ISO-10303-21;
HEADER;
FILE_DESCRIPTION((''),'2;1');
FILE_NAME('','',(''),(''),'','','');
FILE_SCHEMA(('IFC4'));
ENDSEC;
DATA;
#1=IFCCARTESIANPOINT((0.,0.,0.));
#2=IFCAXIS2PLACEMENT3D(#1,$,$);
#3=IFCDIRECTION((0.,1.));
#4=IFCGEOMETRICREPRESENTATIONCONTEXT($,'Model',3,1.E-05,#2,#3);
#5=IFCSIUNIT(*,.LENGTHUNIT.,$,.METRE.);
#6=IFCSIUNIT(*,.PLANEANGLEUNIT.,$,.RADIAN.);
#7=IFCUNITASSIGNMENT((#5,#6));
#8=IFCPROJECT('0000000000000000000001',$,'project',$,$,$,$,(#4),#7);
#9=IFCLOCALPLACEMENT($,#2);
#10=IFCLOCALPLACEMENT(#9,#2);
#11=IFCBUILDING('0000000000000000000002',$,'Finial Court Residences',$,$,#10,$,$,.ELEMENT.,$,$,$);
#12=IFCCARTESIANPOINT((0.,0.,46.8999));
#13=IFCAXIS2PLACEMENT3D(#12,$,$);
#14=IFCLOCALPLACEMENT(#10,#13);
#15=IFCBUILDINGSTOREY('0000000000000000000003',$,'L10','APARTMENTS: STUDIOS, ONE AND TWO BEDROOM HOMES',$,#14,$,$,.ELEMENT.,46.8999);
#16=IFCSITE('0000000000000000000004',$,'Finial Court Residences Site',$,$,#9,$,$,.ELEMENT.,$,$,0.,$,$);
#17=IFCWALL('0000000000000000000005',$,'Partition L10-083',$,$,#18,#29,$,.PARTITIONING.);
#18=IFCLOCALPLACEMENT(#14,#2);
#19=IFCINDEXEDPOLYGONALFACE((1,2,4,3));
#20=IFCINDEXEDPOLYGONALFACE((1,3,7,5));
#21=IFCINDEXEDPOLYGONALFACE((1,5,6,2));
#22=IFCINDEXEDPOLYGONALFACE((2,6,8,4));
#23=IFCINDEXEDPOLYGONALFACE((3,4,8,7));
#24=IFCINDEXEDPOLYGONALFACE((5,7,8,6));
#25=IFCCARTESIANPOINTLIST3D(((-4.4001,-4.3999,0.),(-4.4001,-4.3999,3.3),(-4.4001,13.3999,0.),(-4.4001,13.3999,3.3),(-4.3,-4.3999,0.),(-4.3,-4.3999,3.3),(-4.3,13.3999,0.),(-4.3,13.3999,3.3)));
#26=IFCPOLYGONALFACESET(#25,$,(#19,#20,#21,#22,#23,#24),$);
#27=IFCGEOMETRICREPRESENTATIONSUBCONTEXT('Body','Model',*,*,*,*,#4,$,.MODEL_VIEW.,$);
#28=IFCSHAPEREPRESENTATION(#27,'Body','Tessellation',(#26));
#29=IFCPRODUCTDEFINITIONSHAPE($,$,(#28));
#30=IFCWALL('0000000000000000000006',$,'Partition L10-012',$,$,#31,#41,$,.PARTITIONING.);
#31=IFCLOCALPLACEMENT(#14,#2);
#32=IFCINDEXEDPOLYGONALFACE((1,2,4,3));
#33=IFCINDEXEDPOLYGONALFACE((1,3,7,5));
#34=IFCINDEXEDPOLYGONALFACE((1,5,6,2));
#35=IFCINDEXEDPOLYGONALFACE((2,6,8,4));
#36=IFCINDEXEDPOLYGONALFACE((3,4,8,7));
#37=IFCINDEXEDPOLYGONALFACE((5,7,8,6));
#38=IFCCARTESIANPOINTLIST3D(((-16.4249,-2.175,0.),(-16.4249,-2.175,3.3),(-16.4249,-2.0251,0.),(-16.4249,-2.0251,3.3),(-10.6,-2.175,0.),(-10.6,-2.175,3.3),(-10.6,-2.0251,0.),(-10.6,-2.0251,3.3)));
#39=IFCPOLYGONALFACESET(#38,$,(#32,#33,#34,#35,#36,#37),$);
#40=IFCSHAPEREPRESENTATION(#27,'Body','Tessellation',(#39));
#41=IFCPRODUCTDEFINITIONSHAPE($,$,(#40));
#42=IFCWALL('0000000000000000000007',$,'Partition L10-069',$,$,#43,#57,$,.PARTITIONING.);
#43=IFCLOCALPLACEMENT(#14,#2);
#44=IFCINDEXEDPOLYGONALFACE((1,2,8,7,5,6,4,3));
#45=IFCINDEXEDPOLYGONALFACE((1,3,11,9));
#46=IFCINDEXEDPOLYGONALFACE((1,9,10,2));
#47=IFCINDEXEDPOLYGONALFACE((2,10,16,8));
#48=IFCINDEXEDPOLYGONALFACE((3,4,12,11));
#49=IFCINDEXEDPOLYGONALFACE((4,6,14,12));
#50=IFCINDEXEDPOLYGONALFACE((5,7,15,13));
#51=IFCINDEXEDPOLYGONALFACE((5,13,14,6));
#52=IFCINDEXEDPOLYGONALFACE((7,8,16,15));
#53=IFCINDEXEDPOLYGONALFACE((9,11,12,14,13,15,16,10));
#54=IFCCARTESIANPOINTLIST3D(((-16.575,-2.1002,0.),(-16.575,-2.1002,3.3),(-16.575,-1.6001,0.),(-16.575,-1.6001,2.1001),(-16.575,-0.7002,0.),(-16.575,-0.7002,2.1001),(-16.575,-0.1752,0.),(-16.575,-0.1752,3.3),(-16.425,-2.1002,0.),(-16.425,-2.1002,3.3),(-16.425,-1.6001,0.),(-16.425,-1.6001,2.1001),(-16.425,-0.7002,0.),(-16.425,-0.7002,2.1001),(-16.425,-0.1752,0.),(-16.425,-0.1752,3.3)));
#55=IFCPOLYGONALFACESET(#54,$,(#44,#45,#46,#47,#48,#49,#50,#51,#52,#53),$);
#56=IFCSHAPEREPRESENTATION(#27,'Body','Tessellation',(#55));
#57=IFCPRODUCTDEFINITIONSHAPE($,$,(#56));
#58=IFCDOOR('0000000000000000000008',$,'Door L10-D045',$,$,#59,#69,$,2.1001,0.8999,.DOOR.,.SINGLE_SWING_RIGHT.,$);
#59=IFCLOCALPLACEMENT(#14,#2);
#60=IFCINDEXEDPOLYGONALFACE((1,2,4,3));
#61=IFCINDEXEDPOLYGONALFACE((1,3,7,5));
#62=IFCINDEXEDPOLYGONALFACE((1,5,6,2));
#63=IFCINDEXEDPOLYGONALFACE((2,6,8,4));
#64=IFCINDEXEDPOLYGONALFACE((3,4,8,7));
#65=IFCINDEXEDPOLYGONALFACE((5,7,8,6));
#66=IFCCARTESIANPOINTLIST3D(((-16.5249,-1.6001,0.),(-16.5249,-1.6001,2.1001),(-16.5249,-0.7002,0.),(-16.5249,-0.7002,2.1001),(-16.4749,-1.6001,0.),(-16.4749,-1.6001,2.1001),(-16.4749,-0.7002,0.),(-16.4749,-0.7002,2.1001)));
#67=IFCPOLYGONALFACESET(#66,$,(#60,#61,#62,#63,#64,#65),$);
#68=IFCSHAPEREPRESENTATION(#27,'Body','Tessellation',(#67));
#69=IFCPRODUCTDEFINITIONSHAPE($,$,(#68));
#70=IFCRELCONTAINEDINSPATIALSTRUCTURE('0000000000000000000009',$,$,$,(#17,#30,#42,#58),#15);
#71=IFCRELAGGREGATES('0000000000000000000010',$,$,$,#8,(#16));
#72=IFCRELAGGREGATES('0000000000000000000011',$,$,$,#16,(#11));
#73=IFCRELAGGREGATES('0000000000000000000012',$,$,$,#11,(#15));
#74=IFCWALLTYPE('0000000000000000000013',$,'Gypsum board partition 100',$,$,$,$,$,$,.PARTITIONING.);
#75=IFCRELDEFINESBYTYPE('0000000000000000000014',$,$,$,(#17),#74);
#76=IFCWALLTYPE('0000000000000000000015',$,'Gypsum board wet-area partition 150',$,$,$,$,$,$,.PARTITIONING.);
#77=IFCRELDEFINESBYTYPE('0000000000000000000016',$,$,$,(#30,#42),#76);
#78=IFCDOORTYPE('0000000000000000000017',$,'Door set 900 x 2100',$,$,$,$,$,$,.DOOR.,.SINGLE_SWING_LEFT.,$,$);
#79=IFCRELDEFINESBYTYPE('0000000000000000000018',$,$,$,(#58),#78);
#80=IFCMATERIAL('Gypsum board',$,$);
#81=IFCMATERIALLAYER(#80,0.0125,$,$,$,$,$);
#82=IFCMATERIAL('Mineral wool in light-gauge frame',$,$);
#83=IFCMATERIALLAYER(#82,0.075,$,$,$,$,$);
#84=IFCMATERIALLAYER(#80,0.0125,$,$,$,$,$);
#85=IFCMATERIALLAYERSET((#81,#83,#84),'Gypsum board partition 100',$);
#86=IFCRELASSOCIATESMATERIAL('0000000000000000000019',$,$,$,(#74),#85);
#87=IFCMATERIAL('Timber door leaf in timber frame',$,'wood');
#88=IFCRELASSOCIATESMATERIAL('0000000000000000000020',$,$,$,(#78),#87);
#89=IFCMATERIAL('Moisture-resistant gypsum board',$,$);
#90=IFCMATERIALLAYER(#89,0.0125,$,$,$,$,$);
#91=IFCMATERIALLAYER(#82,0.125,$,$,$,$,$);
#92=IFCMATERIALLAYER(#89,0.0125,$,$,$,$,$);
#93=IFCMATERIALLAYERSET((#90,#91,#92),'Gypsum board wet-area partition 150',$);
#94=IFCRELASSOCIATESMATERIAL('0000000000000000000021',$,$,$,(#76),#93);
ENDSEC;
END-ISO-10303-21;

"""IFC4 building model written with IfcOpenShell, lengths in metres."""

from ifc_helpers import new_model, si_unit, direction, frame, frame_2d, origin, place, context, subcontext, project, spatial, rectangle, extrude, material, layer, layer_set, type_object, element, fill, save


model = new_model("IFC4")

# Units and contexts
model_context = context("Model", 3, precision=1e-05, world=origin(), true_north=direction((0.0, 1.0)))
body_context = subcontext(model_context, "Body", "Model", "MODEL_VIEW")
ifc_project = project(units=[si_unit("LENGTHUNIT", "METRE"), si_unit("PLANEANGLEUNIT", "RADIAN")], contexts=[model_context])

# Site, building, storey
site_placement = place(None, origin())
site = spatial("IfcSite", under=ifc_project, at=site_placement, Name="Finial Court Residences Site", CompositionType="ELEMENT", RefElevation=0.0)
building_placement = place(site_placement, origin())
building = spatial("IfcBuilding", under=site, at=building_placement, Name="Finial Court Residences", CompositionType="ELEMENT")
storey_placement = place(building_placement, frame((0.0, 0.0, 46.8999)))
storey = spatial("IfcBuildingStorey", under=building, at=storey_placement, Name="L10", Description="APARTMENTS: STUDIOS, ONE AND TWO BEDROOM HOMES", CompositionType="ELEMENT", Elevation=46.8999)

# Shared definitions
ifc_material_1 = material(Name="Gypsum board")

# Shared definitions
ifc_layer_1 = layer(ifc_material_1, 0.0125)
ifc_material_2 = material(Name="Mineral wool in light-gauge frame")
ifc_layer_2 = layer(ifc_material_2, 0.075)
ifc_layer_3 = layer(ifc_material_1, 0.0125)
ifc_layer_set_1 = layer_set([ifc_layer_1, ifc_layer_2, ifc_layer_3], Name="Gypsum board partition 100")
wall_type_1 = type_object("IfcWallType", Name="Gypsum board partition 100", PredefinedType="PARTITIONING", material=ifc_layer_set_1)
ifc_material_3 = material(Name="Timber door leaf in timber frame", Category="wood")
door_type_1 = type_object("IfcDoorType", Name="Door set 900 x 2100", OperationType="SINGLE_SWING_LEFT", PredefinedType="DOOR", material=ifc_material_3)

# Walls
wall_1_placement = place(storey_placement, frame((-4.3501, -4.3999, 0.0), z_axis=(0.0, 0.0, 1.0), x_axis=(0.0, 1.0, 0.0)))
element("IfcWall", 1, at=wall_1_placement, inside=storey, type_object=wall_type_1, Name="Partition L10-083", PredefinedType="PARTITIONING", context=body_context, shape_type="SweptSolid", body=[
    extrude(rectangle(XDim=17.7998, YDim=0.1001, at=frame_2d((8.8999, 0.0))), origin(), (0.0, 0.0, 1.0), 3.3),
])
ifc_material_4 = material(Name="Moisture-resistant gypsum board")
ifc_layer_4 = layer(ifc_material_4, 0.0125)
ifc_layer_5 = layer(ifc_material_2, 0.125)
ifc_layer_6 = layer(ifc_material_4, 0.0125)
ifc_layer_set_2 = layer_set([ifc_layer_4, ifc_layer_5, ifc_layer_6], Name="Gypsum board wet-area partition 150")
wall_type_2 = type_object("IfcWallType", Name="Gypsum board wet-area partition 150", PredefinedType="PARTITIONING", material=ifc_layer_set_2)
wall_2_placement = place(storey_placement, frame((-16.425, -2.1001, 0.0), z_axis=(0.0, 0.0, 1.0), x_axis=(1.0, 0.0, 0.0)))
element("IfcWall", 2, at=wall_2_placement, inside=storey, type_object=wall_type_2, Name="Partition L10-012", PredefinedType="PARTITIONING", context=body_context, shape_type="SweptSolid", body=[
    extrude(rectangle(XDim=5.825, YDim=0.1499, at=frame_2d((2.9126, 0.0))), origin(), (0.0, 0.0, 1.0), 3.3),
])

# Wall, opening, door
wall_3_placement = place(storey_placement, frame((-16.5, -2.1001, 0.0), z_axis=(0.0, 0.0, 1.0), x_axis=(0.0, 1.0, 0.0)))
wall_3 = element("IfcWall", 3, at=wall_3_placement, inside=storey, type_object=wall_type_2, Name="Partition L10-069", PredefinedType="PARTITIONING", context=body_context, shape_type="SweptSolid", body=[
    extrude(rectangle(XDim=1.925, YDim=0.1499, at=frame_2d((0.9624, 0.0))), origin(), (0.0, 0.0, 1.0), 3.3),
])
opening_1_placement = place(wall_3_placement, frame((0.5, 0.0, 0.0)))
opening_1 = element("IfcOpeningElement", 4, at=opening_1_placement, cuts=wall_3, PredefinedType="OPENING", context=body_context, shape_type="SweptSolid", body=[
    extrude(rectangle(XDim=0.8999, YDim=2.1001, at=frame_2d((0.45, 1.05))), frame((0.0, 0.085, 0.0), z_axis=(0.0, -1.0, 0.0), x_axis=(1.0, 0.0, 0.0)), (0.0, 0.0, 1.0), 0.1699),
])
door_1_placement = place(opening_1_placement, origin())
door_1 = element("IfcDoor", 5, at=door_1_placement, inside=storey, type_object=door_type_1, Name="Door L10-D045", OperationType="SINGLE_SWING_RIGHT", OverallHeight=2.1001, OverallWidth=0.8999, PredefinedType="DOOR", context=body_context, shape_type="SweptSolid", body=[
    extrude(rectangle(XDim=0.8999, YDim=2.1001, at=frame_2d((0.45, 1.05))), frame((0.0, 0.0249, 0.0), z_axis=(0.0, -1.0, 0.0), x_axis=(1.0, 0.0, 0.0)), (0.0, 0.0, 1.0), 0.05),
])
fill(opening_1, door_1)

save(model, "model.ifc")
